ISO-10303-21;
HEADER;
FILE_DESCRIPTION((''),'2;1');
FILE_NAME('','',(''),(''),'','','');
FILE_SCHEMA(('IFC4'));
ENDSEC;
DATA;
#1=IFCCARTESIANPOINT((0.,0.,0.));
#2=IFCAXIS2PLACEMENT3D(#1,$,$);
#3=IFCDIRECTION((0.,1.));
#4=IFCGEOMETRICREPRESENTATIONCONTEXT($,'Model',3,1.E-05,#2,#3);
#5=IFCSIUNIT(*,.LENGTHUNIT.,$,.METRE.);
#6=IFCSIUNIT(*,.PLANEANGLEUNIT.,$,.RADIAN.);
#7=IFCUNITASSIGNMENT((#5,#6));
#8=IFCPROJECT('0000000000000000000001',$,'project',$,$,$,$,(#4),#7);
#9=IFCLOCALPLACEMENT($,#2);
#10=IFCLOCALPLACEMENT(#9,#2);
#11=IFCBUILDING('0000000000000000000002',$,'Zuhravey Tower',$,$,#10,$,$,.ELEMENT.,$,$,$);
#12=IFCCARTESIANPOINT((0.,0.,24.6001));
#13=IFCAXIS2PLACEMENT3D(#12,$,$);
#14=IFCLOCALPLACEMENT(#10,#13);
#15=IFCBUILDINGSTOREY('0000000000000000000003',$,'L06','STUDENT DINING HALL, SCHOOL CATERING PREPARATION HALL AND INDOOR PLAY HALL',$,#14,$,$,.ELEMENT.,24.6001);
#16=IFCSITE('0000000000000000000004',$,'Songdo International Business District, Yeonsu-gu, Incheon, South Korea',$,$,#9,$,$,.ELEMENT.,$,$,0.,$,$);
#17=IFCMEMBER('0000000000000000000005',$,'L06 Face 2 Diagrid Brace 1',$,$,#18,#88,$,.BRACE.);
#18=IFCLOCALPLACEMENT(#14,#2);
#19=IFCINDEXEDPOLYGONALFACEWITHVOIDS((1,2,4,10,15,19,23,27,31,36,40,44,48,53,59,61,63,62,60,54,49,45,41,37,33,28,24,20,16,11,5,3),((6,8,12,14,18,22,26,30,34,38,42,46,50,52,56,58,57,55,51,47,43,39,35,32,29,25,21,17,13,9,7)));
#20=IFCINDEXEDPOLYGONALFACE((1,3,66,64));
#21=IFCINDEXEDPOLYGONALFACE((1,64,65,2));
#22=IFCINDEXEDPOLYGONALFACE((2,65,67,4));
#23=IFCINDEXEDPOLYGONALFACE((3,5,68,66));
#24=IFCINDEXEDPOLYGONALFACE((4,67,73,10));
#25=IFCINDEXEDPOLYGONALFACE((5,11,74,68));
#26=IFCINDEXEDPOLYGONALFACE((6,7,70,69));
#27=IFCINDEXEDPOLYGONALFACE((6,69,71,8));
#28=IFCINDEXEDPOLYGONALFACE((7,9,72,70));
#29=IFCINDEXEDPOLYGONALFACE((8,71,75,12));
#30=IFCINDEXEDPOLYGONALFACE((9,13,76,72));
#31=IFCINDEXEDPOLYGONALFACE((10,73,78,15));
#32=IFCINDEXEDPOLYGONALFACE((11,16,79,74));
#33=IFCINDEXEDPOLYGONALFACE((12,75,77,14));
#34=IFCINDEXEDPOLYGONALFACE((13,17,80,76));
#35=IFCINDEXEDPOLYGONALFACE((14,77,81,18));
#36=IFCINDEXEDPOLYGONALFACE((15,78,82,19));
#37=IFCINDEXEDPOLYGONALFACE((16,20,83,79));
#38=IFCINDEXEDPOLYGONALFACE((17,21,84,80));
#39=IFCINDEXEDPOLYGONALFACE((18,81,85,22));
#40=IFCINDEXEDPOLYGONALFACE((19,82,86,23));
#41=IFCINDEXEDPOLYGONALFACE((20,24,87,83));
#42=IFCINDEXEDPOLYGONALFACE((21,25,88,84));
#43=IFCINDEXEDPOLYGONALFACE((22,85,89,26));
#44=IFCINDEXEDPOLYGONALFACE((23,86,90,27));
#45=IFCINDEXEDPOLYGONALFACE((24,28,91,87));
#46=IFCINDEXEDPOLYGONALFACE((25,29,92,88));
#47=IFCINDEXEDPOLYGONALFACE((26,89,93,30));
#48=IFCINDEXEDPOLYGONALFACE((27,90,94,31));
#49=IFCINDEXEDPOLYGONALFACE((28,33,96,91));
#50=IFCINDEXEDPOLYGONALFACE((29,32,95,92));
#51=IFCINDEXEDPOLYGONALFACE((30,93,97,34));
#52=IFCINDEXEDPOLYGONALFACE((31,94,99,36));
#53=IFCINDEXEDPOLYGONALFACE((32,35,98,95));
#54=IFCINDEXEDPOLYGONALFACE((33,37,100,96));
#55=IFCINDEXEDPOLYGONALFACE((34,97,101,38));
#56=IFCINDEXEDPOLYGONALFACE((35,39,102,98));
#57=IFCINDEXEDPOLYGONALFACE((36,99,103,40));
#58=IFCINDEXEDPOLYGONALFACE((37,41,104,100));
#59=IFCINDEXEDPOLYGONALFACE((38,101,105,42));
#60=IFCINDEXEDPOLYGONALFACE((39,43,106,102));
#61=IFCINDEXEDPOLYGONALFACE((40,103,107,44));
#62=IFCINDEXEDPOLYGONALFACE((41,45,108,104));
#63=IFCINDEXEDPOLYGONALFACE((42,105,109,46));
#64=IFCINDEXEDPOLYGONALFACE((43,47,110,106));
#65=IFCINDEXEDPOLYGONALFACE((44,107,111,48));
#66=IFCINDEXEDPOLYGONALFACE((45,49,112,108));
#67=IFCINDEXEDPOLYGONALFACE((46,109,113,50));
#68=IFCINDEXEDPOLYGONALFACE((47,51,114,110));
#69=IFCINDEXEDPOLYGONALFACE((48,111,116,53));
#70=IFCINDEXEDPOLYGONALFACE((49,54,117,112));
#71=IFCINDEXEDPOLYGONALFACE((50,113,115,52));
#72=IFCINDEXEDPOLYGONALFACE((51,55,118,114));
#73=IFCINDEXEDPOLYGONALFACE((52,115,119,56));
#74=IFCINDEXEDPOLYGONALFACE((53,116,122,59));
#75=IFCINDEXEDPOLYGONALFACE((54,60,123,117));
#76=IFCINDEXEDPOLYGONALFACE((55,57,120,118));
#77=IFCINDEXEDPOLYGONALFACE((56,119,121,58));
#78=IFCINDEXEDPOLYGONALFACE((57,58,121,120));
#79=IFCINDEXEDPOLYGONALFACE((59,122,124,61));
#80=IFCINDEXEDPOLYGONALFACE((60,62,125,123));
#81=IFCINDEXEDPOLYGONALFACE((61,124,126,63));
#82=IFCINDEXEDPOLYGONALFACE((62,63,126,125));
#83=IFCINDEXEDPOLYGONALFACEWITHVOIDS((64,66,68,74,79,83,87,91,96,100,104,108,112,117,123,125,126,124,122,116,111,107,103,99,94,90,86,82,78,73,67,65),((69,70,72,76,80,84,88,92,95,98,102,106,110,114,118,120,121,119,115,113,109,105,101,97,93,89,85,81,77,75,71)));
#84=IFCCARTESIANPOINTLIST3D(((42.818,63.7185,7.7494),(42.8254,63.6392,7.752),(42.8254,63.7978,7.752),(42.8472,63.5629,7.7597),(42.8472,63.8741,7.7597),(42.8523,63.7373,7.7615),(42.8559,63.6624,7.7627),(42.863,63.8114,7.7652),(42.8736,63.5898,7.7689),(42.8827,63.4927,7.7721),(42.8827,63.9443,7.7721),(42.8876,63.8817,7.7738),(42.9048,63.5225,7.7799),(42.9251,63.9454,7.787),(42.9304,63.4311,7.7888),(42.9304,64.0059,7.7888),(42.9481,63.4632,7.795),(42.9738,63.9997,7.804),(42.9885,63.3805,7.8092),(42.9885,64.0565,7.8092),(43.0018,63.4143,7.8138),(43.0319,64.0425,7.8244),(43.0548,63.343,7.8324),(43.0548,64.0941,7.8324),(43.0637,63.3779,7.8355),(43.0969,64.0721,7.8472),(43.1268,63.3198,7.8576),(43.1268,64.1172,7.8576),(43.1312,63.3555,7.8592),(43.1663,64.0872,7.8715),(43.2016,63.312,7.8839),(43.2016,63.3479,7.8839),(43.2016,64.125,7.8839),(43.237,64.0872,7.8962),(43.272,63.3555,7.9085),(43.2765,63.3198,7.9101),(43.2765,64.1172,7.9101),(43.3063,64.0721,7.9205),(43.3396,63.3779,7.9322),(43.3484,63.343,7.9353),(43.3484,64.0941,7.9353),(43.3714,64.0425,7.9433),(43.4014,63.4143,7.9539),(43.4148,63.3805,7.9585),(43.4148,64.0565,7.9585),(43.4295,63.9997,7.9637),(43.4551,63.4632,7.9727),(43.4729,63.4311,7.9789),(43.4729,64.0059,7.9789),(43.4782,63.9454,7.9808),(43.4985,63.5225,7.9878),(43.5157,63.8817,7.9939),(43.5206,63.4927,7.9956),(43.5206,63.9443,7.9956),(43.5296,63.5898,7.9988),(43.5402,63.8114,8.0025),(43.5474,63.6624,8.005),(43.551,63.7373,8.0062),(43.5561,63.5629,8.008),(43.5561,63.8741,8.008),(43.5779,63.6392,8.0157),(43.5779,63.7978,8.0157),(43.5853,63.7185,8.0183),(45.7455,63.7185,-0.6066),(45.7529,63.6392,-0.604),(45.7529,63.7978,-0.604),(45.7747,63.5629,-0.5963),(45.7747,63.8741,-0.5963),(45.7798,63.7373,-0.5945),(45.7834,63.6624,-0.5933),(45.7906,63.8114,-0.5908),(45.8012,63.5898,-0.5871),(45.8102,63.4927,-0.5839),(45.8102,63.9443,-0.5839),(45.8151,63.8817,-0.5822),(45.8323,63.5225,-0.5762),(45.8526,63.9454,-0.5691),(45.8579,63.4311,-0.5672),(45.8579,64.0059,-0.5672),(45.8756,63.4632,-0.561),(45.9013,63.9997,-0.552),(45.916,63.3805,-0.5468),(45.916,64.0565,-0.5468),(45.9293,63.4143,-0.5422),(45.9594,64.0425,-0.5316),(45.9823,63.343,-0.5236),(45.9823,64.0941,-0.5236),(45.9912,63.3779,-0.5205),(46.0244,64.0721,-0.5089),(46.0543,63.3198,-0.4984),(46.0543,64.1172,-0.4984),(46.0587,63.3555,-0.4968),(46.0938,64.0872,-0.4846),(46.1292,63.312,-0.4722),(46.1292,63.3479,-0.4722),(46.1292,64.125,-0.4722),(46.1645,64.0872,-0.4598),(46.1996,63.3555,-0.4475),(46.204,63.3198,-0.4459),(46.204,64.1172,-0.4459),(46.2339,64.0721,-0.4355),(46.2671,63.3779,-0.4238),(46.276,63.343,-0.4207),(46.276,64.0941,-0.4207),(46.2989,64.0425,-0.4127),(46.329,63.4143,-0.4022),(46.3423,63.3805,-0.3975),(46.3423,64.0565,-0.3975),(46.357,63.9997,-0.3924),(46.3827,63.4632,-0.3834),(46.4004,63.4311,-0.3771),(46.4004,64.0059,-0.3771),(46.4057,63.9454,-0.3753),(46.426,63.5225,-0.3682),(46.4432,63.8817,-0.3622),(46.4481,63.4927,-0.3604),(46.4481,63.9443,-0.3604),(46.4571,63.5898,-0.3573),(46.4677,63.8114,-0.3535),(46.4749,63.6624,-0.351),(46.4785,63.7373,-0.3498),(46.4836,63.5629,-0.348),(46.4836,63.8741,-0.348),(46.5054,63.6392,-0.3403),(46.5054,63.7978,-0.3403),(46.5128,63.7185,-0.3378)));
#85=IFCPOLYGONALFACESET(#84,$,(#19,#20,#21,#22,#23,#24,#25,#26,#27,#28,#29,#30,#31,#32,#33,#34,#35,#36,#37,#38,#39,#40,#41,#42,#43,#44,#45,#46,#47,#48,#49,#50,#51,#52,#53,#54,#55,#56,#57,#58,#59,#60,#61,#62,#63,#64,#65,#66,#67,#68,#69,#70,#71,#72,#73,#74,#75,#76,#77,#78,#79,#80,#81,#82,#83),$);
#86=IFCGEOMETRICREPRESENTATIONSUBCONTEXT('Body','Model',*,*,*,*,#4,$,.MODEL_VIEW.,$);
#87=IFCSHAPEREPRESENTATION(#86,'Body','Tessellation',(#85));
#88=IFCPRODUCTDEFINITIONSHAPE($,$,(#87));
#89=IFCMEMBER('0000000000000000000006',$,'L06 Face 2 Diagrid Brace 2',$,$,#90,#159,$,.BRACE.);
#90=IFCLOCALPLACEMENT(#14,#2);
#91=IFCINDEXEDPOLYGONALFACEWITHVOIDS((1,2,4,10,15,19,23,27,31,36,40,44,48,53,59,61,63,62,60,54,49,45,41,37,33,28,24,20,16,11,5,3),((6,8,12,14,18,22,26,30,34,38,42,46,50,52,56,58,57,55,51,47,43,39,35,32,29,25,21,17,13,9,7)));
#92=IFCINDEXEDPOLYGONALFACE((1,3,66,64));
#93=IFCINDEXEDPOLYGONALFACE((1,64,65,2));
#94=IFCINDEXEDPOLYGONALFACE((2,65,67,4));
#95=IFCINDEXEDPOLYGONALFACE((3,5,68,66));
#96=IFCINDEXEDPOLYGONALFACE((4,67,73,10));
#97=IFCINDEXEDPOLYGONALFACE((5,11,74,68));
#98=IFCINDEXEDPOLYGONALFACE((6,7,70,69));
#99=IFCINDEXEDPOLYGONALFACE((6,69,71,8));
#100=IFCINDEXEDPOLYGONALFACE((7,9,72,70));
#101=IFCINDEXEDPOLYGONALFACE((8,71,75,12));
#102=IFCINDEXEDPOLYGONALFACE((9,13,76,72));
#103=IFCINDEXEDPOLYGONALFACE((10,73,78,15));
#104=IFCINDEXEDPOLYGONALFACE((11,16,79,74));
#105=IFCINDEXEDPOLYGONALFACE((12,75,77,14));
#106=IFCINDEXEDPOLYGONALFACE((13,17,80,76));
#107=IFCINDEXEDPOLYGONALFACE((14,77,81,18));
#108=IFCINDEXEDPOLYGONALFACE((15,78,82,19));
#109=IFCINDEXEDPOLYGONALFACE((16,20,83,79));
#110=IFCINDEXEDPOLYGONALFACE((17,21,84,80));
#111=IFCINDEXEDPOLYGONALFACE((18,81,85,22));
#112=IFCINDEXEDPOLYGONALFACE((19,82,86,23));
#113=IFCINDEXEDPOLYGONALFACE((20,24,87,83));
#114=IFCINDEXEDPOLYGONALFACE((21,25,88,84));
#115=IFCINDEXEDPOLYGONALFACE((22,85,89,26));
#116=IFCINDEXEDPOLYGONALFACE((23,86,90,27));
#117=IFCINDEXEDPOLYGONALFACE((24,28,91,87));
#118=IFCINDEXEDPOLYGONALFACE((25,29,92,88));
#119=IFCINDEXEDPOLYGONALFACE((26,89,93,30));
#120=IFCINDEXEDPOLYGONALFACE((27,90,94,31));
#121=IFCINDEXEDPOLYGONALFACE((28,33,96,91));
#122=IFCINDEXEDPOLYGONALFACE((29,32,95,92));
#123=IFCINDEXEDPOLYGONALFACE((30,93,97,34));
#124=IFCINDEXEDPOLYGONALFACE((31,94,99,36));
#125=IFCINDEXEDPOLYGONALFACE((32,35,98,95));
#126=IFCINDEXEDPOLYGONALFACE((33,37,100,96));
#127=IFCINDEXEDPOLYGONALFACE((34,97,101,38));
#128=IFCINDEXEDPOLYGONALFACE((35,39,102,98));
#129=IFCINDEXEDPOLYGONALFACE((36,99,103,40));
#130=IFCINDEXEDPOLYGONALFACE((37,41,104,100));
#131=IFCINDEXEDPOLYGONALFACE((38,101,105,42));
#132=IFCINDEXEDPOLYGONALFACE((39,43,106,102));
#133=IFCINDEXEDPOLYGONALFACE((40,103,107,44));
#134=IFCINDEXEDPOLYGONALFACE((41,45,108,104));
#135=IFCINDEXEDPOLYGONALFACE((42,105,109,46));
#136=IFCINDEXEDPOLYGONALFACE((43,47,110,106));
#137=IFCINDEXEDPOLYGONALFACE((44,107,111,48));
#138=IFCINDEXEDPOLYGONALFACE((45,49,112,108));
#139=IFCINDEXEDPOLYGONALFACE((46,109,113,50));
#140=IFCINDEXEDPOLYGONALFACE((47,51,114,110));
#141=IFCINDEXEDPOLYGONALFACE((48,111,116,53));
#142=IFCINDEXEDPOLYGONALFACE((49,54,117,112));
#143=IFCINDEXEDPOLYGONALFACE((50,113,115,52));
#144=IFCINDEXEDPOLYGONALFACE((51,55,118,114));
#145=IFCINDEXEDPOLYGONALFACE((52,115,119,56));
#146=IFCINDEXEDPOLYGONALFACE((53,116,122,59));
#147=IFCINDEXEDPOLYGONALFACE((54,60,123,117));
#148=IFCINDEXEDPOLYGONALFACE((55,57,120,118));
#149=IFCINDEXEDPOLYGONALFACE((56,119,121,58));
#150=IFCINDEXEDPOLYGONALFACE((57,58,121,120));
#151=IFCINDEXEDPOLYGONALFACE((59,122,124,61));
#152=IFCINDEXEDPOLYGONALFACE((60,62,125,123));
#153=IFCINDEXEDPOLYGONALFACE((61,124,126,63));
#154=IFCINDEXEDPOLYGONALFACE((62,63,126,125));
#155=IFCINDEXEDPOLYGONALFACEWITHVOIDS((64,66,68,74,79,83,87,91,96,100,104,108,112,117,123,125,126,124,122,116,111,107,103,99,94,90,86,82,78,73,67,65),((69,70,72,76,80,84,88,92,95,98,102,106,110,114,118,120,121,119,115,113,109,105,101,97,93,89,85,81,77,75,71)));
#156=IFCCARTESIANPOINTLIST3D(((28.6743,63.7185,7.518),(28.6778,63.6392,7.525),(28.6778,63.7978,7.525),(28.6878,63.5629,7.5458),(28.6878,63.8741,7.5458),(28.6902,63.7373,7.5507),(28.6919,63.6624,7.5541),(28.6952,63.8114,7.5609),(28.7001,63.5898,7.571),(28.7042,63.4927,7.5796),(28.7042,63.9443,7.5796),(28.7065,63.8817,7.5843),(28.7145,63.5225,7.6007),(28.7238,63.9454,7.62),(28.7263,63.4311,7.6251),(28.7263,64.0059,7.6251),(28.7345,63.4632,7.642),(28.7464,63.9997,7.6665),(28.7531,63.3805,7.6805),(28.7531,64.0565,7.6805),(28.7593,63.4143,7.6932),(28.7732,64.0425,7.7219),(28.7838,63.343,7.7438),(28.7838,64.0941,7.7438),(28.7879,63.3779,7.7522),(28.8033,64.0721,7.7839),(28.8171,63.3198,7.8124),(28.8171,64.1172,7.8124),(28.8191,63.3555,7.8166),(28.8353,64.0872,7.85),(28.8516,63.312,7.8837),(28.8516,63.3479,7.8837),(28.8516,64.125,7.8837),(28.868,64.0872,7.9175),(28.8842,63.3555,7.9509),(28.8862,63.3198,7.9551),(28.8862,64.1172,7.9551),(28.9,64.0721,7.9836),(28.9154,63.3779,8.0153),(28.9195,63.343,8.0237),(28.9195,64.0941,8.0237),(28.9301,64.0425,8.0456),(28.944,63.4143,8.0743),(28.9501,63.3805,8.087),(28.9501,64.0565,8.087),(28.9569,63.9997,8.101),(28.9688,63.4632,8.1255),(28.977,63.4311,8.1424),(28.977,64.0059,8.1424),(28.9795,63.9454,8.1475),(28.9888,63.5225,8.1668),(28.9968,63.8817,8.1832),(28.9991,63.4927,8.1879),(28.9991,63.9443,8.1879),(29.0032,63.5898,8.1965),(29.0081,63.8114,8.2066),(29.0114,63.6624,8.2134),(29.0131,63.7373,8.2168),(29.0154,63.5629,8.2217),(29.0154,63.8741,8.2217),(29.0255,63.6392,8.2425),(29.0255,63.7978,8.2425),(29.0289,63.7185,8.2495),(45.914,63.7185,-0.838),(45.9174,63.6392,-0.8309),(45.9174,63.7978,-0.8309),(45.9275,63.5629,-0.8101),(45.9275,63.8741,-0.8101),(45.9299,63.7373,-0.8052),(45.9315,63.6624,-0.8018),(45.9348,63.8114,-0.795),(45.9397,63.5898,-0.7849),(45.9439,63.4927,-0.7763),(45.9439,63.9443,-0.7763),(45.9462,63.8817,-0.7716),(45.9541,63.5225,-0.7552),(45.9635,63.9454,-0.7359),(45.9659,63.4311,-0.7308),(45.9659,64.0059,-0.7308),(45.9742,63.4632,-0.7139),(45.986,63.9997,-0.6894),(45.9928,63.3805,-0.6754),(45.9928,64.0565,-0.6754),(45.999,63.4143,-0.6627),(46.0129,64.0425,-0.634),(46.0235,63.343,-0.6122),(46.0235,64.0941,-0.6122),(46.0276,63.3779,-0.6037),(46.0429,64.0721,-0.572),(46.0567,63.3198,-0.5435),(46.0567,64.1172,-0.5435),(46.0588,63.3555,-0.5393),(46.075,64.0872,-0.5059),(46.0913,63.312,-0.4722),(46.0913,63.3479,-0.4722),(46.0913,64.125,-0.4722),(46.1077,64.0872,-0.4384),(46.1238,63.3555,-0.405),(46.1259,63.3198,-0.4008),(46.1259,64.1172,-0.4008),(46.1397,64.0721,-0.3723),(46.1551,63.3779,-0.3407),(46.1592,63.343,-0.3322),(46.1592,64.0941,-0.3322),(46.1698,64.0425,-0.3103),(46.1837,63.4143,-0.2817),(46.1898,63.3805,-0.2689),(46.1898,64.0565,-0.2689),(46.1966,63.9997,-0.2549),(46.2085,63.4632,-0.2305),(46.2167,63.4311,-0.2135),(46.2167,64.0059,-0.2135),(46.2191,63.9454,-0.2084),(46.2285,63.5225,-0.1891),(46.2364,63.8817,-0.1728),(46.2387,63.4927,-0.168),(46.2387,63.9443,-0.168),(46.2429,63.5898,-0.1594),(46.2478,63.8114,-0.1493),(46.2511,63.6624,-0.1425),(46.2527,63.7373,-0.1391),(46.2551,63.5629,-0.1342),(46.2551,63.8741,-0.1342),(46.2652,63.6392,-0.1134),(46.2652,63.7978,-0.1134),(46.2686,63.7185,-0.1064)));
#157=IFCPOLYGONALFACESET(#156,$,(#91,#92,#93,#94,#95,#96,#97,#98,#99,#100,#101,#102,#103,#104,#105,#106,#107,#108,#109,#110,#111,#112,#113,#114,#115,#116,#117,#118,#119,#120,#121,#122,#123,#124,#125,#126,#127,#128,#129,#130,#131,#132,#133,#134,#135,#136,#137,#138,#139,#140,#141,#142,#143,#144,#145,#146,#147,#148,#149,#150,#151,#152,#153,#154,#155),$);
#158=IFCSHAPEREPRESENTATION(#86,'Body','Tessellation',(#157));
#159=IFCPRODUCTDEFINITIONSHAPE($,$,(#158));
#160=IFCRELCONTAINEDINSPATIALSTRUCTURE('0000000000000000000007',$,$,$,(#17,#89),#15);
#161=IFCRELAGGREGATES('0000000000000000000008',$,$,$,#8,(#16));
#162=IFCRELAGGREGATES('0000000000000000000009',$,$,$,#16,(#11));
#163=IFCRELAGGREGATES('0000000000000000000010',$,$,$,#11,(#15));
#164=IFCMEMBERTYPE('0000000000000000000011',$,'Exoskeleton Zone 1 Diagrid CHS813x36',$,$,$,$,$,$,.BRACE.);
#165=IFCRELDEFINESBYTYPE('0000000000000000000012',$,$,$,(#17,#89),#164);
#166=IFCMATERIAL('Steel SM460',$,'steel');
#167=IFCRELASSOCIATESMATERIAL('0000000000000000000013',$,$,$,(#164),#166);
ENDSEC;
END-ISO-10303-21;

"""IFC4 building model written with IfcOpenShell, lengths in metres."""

from ifc_helpers import new_model, si_unit, direction, frame, origin, origin_2d, place, context, subcontext, project, spatial, hollow_circle, extrude, material, material_profile, profile_set, type_object, element, save


model = new_model("IFC4")

# Units and contexts
model_context = context("Model", 3, precision=1e-05, world=origin(), true_north=direction((0.0, 1.0)))
body_context = subcontext(model_context, "Body", "Model", "MODEL_VIEW")
ifc_project = project(units=[si_unit("LENGTHUNIT", "METRE"), si_unit("PLANEANGLEUNIT", "RADIAN")], contexts=[model_context])

# Site, building, storey
site_placement = place(None, origin())
site = spatial("IfcSite", under=ifc_project, at=site_placement, Name="Songdo International Business District, Yeonsu-gu, Incheon, South Korea", CompositionType="ELEMENT", RefElevation=0.0)
building_placement = place(site_placement, origin())
building = spatial("IfcBuilding", under=site, at=building_placement, Name="Zuhravey Tower", CompositionType="ELEMENT")
storey_placement = place(building_placement, frame((0.0, 0.0, 24.6001)))
storey = spatial("IfcBuildingStorey", under=building, at=storey_placement, Name="L06", Description="STUDENT DINING HALL, SCHOOL CATERING PREPARATION HALL AND INDOOR PLAY HALL", CompositionType="ELEMENT", Elevation=24.6001)

# Members
ifc_material_1 = material(Name="Steel SM460", Category="steel")
ifc_material_profile_1 = material_profile(ifc_material_1, hollow_circle(Radius=0.4065, WallThickness=0.0359, at=origin_2d()), Name="CHS-812.8x36")
ifc_profile_set_1 = profile_set([ifc_material_profile_1], Name="Steel SM460")
member_type_1 = type_object("IfcMemberType", Name="Exoskeleton Zone 1 Diagrid CHS813x36", PredefinedType="BRACE", material=ifc_profile_set_1)
member_1_placement = place(storey_placement, frame((46.1292, 63.7185, -0.4722), z_axis=(-0.330643, 0.0, 0.943756), x_axis=(0.0, -1.0, 0.0)))
element("IfcMember", 1, at=member_1_placement, inside=storey, type_object=member_type_1, Name="L06 Face 2 Diagrid Brace 1", PredefinedType="BRACE", context=body_context, shape_type="SweptSolid", body=[
    extrude(hollow_circle(Radius=0.4065, WallThickness=0.0359, at=origin_2d()), origin(), (0.0, 0.0, 1.0), 8.854),
])
member_2_placement = place(storey_placement, frame((46.0913, 63.7185, -0.4722), z_axis=(-0.89987, 0.0, 0.436159), x_axis=(0.0, -1.0, 0.0)))
element("IfcMember", 2, at=member_2_placement, inside=storey, type_object=member_type_1, Name="L06 Face 2 Diagrid Brace 2", PredefinedType="BRACE", context=body_context, shape_type="SweptSolid", body=[
    extrude(hollow_circle(Radius=0.4065, WallThickness=0.0359, at=origin_2d()), origin(), (0.0, 0.0, 1.0), 19.158),
])

save(model, "model.ifc")
